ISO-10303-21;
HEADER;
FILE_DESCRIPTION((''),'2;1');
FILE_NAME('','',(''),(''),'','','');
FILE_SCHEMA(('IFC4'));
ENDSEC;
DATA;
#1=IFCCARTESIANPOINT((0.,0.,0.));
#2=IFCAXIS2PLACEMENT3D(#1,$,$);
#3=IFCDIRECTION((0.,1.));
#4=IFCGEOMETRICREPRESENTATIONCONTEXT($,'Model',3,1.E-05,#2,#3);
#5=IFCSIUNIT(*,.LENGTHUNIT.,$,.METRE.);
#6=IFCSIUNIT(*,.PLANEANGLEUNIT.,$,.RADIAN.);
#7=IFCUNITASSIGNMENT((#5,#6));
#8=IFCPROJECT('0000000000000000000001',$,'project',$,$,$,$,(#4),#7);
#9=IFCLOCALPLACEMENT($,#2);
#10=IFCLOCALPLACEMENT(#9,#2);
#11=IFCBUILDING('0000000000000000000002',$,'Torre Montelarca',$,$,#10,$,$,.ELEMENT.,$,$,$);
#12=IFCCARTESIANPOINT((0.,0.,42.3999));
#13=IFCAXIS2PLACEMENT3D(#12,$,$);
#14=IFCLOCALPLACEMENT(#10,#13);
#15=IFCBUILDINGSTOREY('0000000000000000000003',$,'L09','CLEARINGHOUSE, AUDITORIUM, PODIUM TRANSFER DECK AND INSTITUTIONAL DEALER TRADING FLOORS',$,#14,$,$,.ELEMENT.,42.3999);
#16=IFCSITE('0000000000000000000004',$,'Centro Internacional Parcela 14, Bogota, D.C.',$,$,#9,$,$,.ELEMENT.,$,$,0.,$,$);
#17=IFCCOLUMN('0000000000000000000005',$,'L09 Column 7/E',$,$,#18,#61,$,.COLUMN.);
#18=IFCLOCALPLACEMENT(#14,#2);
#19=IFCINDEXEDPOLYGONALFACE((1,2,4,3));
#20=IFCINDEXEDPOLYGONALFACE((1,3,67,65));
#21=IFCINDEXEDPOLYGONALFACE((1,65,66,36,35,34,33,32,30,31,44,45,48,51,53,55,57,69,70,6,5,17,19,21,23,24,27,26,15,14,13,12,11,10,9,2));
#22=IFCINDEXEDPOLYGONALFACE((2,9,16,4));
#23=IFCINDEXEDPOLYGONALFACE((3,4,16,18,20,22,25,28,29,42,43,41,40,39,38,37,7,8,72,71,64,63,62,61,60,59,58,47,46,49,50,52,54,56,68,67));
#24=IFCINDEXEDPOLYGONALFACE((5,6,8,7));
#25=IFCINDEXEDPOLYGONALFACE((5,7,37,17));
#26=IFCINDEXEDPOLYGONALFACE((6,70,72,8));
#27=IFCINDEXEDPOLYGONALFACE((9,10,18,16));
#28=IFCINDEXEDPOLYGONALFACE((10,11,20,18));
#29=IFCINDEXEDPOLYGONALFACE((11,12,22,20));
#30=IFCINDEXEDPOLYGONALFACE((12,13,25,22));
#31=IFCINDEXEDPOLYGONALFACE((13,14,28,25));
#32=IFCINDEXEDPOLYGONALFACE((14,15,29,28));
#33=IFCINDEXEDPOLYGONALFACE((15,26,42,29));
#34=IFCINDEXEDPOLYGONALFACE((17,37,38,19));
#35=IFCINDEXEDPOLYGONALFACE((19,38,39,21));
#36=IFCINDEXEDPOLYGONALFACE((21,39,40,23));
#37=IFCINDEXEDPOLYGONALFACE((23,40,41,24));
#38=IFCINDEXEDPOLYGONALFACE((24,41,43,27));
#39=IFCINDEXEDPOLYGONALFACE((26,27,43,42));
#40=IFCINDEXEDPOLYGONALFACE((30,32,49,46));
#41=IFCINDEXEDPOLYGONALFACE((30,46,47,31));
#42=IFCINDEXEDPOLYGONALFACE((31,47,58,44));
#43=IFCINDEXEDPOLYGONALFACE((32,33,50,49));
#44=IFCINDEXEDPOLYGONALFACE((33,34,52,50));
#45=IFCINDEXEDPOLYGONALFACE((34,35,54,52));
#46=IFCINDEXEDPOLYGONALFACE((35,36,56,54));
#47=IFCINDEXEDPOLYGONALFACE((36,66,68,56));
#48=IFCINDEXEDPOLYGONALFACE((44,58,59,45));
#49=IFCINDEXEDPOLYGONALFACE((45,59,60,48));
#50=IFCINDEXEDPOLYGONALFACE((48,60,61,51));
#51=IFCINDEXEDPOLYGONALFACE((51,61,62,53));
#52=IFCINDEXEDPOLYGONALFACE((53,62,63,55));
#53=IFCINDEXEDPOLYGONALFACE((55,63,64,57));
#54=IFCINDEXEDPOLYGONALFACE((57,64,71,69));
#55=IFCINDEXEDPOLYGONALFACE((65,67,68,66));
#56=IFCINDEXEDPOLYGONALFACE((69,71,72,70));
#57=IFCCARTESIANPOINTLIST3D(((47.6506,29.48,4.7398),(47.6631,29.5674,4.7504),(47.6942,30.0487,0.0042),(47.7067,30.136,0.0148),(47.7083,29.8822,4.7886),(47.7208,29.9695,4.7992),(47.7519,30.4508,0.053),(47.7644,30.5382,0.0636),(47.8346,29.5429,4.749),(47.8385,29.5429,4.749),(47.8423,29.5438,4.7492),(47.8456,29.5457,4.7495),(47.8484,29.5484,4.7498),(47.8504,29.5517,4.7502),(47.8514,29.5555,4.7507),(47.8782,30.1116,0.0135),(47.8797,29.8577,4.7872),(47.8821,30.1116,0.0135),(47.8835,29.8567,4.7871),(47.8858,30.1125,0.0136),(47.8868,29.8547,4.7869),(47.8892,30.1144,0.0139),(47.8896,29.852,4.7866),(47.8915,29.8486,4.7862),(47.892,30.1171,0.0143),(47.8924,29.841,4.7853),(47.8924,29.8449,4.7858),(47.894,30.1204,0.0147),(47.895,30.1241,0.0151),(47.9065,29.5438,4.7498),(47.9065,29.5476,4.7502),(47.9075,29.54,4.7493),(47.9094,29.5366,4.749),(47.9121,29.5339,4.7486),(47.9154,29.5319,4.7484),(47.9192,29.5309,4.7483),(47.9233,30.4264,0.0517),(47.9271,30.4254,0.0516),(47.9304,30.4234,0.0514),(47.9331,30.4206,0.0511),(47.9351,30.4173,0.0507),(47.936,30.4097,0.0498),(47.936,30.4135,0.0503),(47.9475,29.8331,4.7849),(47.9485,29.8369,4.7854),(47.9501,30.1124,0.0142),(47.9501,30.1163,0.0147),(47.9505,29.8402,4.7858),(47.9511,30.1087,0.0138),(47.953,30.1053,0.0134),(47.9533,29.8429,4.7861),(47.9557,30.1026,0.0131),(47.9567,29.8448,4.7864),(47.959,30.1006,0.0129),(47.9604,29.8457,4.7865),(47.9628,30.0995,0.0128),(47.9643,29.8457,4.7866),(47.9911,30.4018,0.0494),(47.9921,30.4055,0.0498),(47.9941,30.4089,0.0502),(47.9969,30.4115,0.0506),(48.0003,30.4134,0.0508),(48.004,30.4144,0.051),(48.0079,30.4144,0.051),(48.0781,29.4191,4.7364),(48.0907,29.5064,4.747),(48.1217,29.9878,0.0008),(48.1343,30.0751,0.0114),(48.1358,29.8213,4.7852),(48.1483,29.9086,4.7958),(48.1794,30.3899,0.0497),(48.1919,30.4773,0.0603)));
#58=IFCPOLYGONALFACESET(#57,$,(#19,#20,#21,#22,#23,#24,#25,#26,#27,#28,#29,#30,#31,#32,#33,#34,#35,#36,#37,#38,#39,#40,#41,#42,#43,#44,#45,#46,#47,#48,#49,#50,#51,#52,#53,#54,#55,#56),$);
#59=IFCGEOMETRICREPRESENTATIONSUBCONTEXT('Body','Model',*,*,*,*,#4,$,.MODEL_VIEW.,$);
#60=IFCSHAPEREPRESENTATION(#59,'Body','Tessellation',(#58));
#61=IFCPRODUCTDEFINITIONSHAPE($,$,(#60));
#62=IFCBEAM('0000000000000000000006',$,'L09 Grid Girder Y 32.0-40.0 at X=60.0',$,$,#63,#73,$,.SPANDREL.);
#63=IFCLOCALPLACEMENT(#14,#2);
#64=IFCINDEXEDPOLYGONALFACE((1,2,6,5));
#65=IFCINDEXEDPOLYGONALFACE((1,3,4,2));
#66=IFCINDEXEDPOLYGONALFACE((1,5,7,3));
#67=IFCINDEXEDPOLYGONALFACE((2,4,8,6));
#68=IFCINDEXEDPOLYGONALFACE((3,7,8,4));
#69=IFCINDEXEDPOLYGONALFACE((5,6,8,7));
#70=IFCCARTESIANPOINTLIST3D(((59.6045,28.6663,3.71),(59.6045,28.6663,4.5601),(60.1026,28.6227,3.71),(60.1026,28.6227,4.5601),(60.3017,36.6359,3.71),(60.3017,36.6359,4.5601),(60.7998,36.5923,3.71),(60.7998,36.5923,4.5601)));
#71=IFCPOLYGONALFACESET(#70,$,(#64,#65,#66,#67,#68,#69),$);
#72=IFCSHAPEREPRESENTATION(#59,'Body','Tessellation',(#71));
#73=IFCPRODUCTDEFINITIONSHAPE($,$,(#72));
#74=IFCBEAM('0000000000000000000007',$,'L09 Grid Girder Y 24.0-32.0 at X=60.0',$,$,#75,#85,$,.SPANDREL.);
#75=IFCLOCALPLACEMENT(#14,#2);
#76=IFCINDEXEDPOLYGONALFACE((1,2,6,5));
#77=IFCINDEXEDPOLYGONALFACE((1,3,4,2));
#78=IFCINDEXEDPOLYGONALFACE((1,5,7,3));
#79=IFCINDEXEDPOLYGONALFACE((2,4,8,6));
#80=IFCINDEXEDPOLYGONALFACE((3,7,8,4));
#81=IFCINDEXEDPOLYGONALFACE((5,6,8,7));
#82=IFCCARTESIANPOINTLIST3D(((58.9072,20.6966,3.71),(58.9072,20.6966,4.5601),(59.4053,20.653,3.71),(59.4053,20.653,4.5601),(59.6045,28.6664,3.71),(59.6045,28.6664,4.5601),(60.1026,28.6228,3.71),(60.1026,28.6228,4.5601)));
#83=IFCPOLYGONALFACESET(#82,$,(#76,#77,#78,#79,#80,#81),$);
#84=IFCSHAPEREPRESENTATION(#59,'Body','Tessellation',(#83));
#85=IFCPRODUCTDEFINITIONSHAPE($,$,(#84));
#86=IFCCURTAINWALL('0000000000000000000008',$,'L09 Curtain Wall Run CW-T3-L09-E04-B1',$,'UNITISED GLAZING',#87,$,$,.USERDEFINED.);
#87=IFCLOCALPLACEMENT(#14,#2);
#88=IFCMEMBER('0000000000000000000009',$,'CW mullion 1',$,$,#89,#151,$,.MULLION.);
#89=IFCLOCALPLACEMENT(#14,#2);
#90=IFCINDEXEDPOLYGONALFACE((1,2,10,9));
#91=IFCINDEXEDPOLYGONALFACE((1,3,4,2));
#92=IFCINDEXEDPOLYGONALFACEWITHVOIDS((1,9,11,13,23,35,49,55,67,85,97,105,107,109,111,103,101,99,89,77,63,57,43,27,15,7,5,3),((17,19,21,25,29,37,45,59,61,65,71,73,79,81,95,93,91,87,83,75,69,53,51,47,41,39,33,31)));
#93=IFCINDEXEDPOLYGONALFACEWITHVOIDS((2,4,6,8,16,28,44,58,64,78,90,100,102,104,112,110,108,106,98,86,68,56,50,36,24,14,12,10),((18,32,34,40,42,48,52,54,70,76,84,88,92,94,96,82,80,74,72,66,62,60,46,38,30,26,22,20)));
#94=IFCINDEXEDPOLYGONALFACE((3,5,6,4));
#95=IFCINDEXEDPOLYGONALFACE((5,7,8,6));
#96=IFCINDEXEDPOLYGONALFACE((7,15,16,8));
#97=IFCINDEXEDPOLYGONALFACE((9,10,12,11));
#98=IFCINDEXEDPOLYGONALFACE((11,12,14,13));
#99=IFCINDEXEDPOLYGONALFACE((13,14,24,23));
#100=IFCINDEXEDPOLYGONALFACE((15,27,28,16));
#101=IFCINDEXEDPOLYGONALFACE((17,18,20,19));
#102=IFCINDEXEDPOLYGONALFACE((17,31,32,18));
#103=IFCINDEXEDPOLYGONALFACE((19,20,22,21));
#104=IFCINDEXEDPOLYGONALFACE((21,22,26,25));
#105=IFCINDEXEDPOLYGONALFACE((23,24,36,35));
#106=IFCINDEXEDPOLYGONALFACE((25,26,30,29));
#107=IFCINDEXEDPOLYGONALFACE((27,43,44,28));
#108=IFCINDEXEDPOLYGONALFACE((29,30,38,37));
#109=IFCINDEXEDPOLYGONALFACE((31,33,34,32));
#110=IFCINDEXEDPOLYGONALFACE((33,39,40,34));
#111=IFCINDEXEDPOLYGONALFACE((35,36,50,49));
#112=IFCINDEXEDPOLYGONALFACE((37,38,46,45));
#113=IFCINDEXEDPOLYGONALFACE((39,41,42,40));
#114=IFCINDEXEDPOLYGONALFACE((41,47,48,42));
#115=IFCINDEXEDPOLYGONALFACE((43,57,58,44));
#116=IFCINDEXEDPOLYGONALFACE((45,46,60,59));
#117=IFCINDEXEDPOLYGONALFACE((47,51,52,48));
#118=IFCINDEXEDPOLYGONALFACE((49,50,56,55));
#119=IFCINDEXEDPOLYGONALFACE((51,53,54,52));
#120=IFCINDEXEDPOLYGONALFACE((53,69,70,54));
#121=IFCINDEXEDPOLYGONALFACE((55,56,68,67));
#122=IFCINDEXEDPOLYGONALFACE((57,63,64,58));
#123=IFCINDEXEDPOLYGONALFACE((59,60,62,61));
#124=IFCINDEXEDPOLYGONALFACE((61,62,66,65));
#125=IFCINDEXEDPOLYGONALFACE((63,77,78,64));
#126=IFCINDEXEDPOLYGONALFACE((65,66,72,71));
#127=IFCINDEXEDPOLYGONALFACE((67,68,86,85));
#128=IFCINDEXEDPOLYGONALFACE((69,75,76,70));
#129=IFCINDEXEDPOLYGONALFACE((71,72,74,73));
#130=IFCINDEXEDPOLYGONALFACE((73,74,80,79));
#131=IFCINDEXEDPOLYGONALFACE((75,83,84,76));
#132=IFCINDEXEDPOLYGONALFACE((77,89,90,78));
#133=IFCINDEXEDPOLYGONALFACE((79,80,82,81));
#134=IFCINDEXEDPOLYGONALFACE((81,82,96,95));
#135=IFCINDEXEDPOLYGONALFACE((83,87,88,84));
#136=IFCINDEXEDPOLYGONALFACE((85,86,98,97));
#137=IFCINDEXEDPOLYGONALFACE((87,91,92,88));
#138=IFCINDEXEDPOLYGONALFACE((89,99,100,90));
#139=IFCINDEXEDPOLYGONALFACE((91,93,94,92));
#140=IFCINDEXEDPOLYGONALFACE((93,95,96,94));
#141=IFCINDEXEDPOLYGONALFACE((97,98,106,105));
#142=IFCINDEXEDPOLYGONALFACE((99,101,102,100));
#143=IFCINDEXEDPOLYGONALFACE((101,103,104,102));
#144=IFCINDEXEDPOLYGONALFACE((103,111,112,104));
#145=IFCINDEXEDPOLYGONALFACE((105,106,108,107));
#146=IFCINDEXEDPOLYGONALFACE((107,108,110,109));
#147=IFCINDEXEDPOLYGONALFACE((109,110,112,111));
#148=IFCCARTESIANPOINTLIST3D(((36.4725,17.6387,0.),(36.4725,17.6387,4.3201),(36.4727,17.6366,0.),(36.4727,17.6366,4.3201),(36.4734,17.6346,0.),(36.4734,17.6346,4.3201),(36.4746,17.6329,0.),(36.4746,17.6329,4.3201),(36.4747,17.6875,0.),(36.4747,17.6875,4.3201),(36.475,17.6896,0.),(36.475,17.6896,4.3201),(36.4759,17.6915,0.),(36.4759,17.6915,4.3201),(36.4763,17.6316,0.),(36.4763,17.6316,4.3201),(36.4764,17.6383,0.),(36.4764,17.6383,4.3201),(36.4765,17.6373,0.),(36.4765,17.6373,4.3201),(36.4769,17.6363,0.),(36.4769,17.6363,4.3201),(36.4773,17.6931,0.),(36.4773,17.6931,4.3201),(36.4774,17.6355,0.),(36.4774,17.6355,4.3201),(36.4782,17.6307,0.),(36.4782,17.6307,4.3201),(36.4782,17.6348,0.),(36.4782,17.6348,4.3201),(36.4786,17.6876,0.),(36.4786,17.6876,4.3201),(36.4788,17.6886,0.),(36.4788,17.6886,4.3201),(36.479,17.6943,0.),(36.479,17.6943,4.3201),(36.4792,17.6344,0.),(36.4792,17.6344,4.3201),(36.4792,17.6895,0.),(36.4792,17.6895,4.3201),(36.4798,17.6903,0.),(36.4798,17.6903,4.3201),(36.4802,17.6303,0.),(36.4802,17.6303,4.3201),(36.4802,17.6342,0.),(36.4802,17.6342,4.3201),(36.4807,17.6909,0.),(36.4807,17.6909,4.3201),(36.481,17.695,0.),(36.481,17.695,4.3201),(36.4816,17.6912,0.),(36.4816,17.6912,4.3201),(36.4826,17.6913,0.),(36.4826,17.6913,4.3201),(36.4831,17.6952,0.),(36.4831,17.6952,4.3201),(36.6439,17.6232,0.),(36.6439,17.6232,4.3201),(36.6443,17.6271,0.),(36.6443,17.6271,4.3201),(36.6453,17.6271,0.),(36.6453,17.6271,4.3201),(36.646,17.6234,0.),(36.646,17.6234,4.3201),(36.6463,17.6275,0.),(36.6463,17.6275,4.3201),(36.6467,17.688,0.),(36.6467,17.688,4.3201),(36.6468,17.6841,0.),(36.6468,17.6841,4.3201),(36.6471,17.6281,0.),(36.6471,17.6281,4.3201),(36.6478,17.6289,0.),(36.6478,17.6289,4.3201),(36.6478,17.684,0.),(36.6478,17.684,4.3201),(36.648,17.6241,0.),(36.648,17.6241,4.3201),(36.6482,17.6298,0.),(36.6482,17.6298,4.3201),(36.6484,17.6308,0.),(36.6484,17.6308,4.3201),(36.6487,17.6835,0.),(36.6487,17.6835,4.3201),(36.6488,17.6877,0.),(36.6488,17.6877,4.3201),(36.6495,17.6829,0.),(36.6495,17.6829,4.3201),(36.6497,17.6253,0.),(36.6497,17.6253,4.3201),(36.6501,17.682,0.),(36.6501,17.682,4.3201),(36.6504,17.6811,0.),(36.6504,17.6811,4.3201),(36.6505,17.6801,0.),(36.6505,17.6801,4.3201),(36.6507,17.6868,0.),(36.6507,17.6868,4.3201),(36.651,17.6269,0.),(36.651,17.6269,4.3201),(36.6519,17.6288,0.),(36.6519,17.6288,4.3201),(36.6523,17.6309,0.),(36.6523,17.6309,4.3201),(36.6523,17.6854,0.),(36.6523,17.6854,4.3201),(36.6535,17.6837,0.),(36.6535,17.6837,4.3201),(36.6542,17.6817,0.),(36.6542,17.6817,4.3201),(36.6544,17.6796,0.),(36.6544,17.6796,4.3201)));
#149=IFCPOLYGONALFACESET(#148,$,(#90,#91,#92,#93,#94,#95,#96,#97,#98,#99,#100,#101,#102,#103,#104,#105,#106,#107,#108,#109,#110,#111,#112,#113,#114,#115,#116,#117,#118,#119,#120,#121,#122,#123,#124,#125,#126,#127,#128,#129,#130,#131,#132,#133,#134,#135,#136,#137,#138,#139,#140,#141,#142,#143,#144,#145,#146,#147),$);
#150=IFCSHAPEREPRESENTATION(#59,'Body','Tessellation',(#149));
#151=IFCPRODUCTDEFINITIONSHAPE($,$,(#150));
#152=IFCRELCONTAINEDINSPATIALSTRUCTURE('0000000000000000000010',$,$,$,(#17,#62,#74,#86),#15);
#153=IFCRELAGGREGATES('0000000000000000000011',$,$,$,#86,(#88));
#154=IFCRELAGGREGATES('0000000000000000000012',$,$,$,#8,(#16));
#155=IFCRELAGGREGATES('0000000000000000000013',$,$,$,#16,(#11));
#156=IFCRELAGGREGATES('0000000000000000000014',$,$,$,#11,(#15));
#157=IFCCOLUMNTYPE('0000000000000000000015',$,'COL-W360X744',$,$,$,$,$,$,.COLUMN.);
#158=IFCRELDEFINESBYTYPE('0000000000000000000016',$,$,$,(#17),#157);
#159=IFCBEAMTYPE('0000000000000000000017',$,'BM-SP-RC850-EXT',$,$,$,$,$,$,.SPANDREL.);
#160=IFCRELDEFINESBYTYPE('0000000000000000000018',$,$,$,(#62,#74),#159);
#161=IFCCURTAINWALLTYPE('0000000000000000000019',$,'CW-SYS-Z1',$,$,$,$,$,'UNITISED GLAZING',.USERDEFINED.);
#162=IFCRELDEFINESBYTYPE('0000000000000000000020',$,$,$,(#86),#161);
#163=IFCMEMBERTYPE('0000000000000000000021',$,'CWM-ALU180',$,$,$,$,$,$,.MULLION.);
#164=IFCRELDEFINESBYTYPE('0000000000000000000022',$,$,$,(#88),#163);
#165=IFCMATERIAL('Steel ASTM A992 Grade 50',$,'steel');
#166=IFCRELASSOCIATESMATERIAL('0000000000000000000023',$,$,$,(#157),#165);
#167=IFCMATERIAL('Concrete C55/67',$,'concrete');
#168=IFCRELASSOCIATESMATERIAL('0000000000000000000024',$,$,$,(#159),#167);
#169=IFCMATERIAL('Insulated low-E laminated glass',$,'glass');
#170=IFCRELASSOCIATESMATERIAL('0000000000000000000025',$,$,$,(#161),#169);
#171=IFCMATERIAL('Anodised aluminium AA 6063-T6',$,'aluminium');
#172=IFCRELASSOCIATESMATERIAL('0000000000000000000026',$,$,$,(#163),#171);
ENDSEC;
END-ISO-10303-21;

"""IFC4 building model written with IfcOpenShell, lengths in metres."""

from ifc_helpers import new_model, si_unit, direction, frame, origin, origin_2d, place, context, subcontext, project, spatial, rectangle, hollow_rectangle, i_section, extrude, clip, halfspace, source, transform, mapped, material, material_profile, profile_set, type_object, element, aggregate, save


model = new_model("IFC4")

# Units and contexts
model_context = context("Model", 3, precision=1e-05, world=origin(), true_north=direction((0.0, 1.0)))
body_context = subcontext(model_context, "Body", "Model", "MODEL_VIEW")
ifc_project = project(units=[si_unit("LENGTHUNIT", "METRE"), si_unit("PLANEANGLEUNIT", "RADIAN")], contexts=[model_context])

# Site, building, storey
site_placement = place(None, origin())
site = spatial("IfcSite", under=ifc_project, at=site_placement, Name="Centro Internacional Parcela 14, Bogota, D.C.", CompositionType="ELEMENT", RefElevation=0.0)
building_placement = place(site_placement, origin())
building = spatial("IfcBuilding", under=site, at=building_placement, Name="Torre Montelarca", CompositionType="ELEMENT")
storey_placement = place(building_placement, frame((0.0, 0.0, 42.3999)))
storey = spatial("IfcBuildingStorey", under=building, at=storey_placement, Name="L09", Description="CLEARINGHOUSE, AUDITORIUM, PODIUM TRANSFER DECK AND INSTITUTIONAL DEALER TRADING FLOORS", CompositionType="ELEMENT", Elevation=42.3999)

# Column
ifc_material_1 = material(Name="Steel ASTM A992 Grade 50", Category="steel")
ifc_material_profile_1 = material_profile(ifc_material_1, i_section(OverallWidth=0.4319, OverallDepth=0.498, WebThickness=0.0557, FlangeThickness=0.0889, FilletRadius=0.0149, at=origin_2d()), Name="W360X744", Category="steel")
ifc_profile_set_1 = profile_set([ifc_material_profile_1], Name="Steel ASTM A992 Grade 50")
column_type_1 = type_object("IfcColumnType", Name="COL-W360X744", PredefinedType="COLUMN", material=ifc_profile_set_1)
column_1_placement = place(storey_placement, frame((47.9434, 30.2668, 0.0), z_axis=(-0.00914, -0.119224, 0.992825), x_axis=(-0.989976, 0.141018, 0.00782)))
element("IfcColumn", 1, at=column_1_placement, inside=storey, type_object=column_type_1, Name="L09 Column 7/E", PredefinedType="COLUMN", context=body_context, shape_type="Clipping", body=[
    clip(clip(extrude(i_section(OverallWidth=0.4319, OverallDepth=0.498, WebThickness=0.0557, FlangeThickness=0.0889, FilletRadius=0.0149, at=origin_2d()), origin(), (0.0, 0.0, 1.0), 4.8347), halfspace(frame((0.0, 0.0, 0.0325), z_axis=(0.0, 0.0, -1.0), x_axis=(1.0, 0.0, 0.0)), False)), halfspace(frame((0.0, 0.0, 4.8022), z_axis=(0.0, 0.0, 1.0), x_axis=(1.0, 0.0, 0.0)), False)),
])

# Beams
ifc_material_2 = material(Name="Concrete C55/67", Category="concrete")
ifc_material_profile_2 = material_profile(ifc_material_2, rectangle(XDim=0.5, YDim=0.8501, at=origin_2d()), Name="RCB500X850", Category="concrete")
ifc_profile_set_2 = profile_set([ifc_material_profile_2], Name="Concrete C55/67")
beam_type = type_object("IfcBeamType", Name="BM-SP-RC850-EXT", PredefinedType="SPANDREL", material=ifc_profile_set_2)
shared_shape_1 = source(origin(), body_context, "Body", "SweptSolid", [
    extrude(rectangle(XDim=0.5, YDim=0.8501, at=origin_2d()), origin(), (0.0, 0.0, 1.0), 8.0),
])
beam_1_placement = place(storey_placement, frame((59.8535, 28.6445, 4.135), z_axis=(0.087159, 0.996194, 0.0), x_axis=(-0.996194, 0.087159, 0.0)))
element("IfcBeam", 2, at=beam_1_placement, inside=storey, type_object=beam_type, Name="L09 Grid Girder Y 32.0-40.0 at X=60.0", PredefinedType="SPANDREL", context=body_context, shape_type="MappedRepresentation", body=[
    mapped(shared_shape_1, transform((0.0, 0.0, 0.0), scale=1.0)),
])
shared_shape_2 = source(origin(), body_context, "Body", "SweptSolid", [
    extrude(rectangle(XDim=0.5, YDim=0.8501, at=origin_2d()), origin(), (0.0, 0.0, 1.0), 8.0002),
])
beam_2_placement = place(storey_placement, frame((59.1562, 20.6748, 4.135), z_axis=(0.087156, 0.996195, 0.0), x_axis=(-0.996195, 0.087156, 0.0)))
element("IfcBeam", 3, at=beam_2_placement, inside=storey, type_object=beam_type, Name="L09 Grid Girder Y 24.0-32.0 at X=60.0", PredefinedType="SPANDREL", context=body_context, shape_type="MappedRepresentation", body=[
    mapped(shared_shape_2, transform((0.0, 0.0, 0.0), scale=1.0)),
])

# Curtain wall, member
ifc_material_3 = material(Name="Insulated low-E laminated glass", Category="glass")
curtain_wall_type = type_object("IfcCurtainWallType", Name="CW-SYS-Z1", ElementType="UNITISED GLAZING", PredefinedType="USERDEFINED", material=ifc_material_3)
curtain_wall_1_placement = place(storey_placement, origin())
curtain_wall_1 = element("IfcCurtainWall", 4, at=curtain_wall_1_placement, inside=storey, type_object=curtain_wall_type, Name="L09 Curtain Wall Run CW-T3-L09-E04-B1", ObjectType="UNITISED GLAZING", PredefinedType="USERDEFINED")
ifc_material_4 = material(Name="Anodised aluminium AA 6063-T6", Category="aluminium")
ifc_material_profile_3 = material_profile(ifc_material_4, hollow_rectangle(XDim=0.0649, YDim=0.1799, WallThickness=0.0039, InnerFilletRadius=0.0039, OuterFilletRadius=0.0081, at=origin_2d()), Name="ALU65X180X4", Category="aluminium")
ifc_profile_set_3 = profile_set([ifc_material_profile_3], Name="Anodised aluminium AA 6063-T6")
member_type_1 = type_object("IfcMemberType", Name="CWM-ALU180", PredefinedType="MULLION", material=ifc_profile_set_3)
shared_shape_3 = source(origin(), body_context, "Body", "SweptSolid", [
    extrude(hollow_rectangle(XDim=0.0649, YDim=0.1799, WallThickness=0.0039, InnerFilletRadius=0.0039, OuterFilletRadius=0.0081, at=origin_2d()), origin(), (0.0, 0.0, 1.0), 4.3201),
])
member_1_placement = place(storey_placement, frame((36.5635, 17.6592, 0.0), z_axis=(0.0, 0.0, 1.0), x_axis=(0.043617, 0.999048, 0.0)))
member_1 = element("IfcMember", 5, at=member_1_placement, type_object=member_type_1, Name="CW mullion 1", PredefinedType="MULLION", context=body_context, shape_type="MappedRepresentation", body=[
    mapped(shared_shape_3, transform((0.0, 0.0, 0.0), scale=1.0)),
])

aggregate(curtain_wall_1, [member_1])

save(model, "model.ifc")
